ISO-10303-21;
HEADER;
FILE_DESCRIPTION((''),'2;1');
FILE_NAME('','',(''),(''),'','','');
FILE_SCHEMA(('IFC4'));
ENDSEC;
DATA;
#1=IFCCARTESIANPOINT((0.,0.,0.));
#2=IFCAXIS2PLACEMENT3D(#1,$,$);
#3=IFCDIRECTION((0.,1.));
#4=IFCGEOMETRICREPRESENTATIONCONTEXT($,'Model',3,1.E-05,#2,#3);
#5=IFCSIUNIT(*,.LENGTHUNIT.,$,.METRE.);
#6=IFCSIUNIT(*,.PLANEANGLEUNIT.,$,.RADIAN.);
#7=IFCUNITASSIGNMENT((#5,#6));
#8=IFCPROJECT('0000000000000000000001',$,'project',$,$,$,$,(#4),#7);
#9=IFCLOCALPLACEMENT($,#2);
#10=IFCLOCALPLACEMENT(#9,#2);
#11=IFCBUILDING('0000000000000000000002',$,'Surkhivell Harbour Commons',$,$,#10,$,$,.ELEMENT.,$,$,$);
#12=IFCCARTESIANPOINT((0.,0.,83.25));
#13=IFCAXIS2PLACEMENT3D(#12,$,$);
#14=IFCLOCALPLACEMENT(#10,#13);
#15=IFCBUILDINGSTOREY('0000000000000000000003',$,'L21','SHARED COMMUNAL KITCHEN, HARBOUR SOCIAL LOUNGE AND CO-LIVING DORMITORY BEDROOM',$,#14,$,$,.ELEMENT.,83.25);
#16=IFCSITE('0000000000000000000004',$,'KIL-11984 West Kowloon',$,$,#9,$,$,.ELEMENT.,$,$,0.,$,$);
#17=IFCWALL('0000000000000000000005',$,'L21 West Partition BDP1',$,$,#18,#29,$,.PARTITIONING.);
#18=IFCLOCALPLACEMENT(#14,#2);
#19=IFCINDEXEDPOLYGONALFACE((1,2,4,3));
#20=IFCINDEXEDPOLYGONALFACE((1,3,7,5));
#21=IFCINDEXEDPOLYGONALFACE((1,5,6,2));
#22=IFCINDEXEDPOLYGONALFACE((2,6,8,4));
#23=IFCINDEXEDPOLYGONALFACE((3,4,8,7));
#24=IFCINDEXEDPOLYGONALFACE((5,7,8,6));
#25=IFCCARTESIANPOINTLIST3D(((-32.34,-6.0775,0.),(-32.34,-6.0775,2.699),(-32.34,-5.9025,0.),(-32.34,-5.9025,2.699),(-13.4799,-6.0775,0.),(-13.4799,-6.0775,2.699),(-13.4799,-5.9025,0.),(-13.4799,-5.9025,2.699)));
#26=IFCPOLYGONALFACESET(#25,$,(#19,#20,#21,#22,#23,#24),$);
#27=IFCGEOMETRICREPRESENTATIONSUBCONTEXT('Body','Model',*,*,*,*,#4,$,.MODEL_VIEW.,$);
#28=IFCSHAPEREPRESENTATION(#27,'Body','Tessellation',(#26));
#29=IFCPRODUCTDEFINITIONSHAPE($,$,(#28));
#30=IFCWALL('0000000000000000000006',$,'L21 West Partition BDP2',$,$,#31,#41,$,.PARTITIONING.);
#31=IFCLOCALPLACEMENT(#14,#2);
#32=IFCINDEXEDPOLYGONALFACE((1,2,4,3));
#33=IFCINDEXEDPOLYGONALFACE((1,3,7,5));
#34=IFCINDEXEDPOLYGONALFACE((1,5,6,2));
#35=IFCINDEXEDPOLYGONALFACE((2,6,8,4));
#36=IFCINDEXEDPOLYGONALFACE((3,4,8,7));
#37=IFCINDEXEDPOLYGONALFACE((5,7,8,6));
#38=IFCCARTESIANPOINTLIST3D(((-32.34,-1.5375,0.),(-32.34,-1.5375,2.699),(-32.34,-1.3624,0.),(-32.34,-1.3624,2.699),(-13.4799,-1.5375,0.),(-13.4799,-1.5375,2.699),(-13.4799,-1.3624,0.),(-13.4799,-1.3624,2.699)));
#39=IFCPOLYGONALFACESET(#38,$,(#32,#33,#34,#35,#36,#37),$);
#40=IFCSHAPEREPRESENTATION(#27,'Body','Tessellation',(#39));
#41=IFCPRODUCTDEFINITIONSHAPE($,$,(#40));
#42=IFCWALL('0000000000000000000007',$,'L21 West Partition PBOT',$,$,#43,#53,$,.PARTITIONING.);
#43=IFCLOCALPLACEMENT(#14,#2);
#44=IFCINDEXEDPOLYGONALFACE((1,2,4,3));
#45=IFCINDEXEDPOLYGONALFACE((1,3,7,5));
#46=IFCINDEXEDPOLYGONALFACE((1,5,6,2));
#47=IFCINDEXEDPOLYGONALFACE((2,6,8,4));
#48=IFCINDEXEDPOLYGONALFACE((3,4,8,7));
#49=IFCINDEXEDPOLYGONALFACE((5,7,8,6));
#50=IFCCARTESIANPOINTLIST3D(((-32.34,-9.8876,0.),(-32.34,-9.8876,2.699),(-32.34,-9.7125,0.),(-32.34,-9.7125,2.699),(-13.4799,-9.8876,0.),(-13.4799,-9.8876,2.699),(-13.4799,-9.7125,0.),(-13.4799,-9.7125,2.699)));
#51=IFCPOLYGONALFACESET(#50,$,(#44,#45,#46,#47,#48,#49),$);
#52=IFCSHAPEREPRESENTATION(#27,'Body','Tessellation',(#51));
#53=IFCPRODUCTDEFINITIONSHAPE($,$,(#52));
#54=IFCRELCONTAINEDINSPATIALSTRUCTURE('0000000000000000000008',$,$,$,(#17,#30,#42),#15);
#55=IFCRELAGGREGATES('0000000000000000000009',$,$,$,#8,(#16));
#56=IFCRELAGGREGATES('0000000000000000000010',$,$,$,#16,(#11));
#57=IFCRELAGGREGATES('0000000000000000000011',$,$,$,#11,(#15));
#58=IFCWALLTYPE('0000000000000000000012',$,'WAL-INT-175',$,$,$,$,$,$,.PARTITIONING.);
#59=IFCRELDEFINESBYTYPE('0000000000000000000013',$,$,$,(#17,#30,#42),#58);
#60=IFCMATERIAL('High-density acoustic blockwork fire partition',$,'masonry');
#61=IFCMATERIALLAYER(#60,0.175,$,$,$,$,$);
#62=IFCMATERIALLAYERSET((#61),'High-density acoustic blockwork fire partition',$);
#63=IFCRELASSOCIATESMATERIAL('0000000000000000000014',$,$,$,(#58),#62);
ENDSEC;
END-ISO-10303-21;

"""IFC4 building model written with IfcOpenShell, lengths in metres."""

from ifc_helpers import new_model, si_unit, direction, frame, frame_2d, origin, place, context, subcontext, project, spatial, rectangle, extrude, material, layer, layer_set, type_object, element, save


model = new_model("IFC4")

# Units and contexts
model_context = context("Model", 3, precision=1e-05, world=origin(), true_north=direction((0.0, 1.0)))
body_context = subcontext(model_context, "Body", "Model", "MODEL_VIEW")
ifc_project = project(units=[si_unit("LENGTHUNIT", "METRE"), si_unit("PLANEANGLEUNIT", "RADIAN")], contexts=[model_context])

# Site, building, storey
site_placement = place(None, origin())
site = spatial("IfcSite", under=ifc_project, at=site_placement, Name="KIL-11984 West Kowloon", CompositionType="ELEMENT", RefElevation=0.0)
building_placement = place(site_placement, origin())
building = spatial("IfcBuilding", under=site, at=building_placement, Name="Surkhivell Harbour Commons", CompositionType="ELEMENT")
storey_placement = place(building_placement, frame((0.0, 0.0, 83.25)))
storey = spatial("IfcBuildingStorey", under=building, at=storey_placement, Name="L21", Description="SHARED COMMUNAL KITCHEN, HARBOUR SOCIAL LOUNGE AND CO-LIVING DORMITORY BEDROOM", CompositionType="ELEMENT", Elevation=83.25)

# Walls
ifc_material_1 = material(Name="High-density acoustic blockwork fire partition", Category="masonry")
ifc_layer_1 = layer(ifc_material_1, 0.175)
ifc_layer_set_1 = layer_set([ifc_layer_1], Name="High-density acoustic blockwork fire partition")
wall_type_1 = type_object("IfcWallType", Name="WAL-INT-175", PredefinedType="PARTITIONING", material=ifc_layer_set_1)
for number, where, z_axis, x_axis, name in (
    (1, (-32.3401, -5.99, 0.0), (0.0, 0.0, 1.0), (1.0, 0.0, 0.0), "L21 West Partition BDP1"),
    (2, (-32.3401, -1.45, 0.0), (0.0, 0.0, 1.0), (1.0, 0.0, 0.0), "L21 West Partition BDP2"),
    (3, (-32.3401, -9.8, 0.0), (0.0, 0.0, 1.0), (1.0, 0.0, 0.0), "L21 West Partition PBOT"),
):
    element("IfcWall", number, at=place(storey_placement, frame(where, z_axis=z_axis, x_axis=x_axis)), inside=storey, type_object=wall_type_1, Name=name, PredefinedType="PARTITIONING", context=body_context, shape_type="SweptSolid", body=[
        extrude(rectangle(XDim=18.8601, YDim=0.175, at=frame_2d((9.4302, 0.0))), origin(), (0.0, 0.0, 1.0), 2.699),
    ])

save(model, "model.ifc")
